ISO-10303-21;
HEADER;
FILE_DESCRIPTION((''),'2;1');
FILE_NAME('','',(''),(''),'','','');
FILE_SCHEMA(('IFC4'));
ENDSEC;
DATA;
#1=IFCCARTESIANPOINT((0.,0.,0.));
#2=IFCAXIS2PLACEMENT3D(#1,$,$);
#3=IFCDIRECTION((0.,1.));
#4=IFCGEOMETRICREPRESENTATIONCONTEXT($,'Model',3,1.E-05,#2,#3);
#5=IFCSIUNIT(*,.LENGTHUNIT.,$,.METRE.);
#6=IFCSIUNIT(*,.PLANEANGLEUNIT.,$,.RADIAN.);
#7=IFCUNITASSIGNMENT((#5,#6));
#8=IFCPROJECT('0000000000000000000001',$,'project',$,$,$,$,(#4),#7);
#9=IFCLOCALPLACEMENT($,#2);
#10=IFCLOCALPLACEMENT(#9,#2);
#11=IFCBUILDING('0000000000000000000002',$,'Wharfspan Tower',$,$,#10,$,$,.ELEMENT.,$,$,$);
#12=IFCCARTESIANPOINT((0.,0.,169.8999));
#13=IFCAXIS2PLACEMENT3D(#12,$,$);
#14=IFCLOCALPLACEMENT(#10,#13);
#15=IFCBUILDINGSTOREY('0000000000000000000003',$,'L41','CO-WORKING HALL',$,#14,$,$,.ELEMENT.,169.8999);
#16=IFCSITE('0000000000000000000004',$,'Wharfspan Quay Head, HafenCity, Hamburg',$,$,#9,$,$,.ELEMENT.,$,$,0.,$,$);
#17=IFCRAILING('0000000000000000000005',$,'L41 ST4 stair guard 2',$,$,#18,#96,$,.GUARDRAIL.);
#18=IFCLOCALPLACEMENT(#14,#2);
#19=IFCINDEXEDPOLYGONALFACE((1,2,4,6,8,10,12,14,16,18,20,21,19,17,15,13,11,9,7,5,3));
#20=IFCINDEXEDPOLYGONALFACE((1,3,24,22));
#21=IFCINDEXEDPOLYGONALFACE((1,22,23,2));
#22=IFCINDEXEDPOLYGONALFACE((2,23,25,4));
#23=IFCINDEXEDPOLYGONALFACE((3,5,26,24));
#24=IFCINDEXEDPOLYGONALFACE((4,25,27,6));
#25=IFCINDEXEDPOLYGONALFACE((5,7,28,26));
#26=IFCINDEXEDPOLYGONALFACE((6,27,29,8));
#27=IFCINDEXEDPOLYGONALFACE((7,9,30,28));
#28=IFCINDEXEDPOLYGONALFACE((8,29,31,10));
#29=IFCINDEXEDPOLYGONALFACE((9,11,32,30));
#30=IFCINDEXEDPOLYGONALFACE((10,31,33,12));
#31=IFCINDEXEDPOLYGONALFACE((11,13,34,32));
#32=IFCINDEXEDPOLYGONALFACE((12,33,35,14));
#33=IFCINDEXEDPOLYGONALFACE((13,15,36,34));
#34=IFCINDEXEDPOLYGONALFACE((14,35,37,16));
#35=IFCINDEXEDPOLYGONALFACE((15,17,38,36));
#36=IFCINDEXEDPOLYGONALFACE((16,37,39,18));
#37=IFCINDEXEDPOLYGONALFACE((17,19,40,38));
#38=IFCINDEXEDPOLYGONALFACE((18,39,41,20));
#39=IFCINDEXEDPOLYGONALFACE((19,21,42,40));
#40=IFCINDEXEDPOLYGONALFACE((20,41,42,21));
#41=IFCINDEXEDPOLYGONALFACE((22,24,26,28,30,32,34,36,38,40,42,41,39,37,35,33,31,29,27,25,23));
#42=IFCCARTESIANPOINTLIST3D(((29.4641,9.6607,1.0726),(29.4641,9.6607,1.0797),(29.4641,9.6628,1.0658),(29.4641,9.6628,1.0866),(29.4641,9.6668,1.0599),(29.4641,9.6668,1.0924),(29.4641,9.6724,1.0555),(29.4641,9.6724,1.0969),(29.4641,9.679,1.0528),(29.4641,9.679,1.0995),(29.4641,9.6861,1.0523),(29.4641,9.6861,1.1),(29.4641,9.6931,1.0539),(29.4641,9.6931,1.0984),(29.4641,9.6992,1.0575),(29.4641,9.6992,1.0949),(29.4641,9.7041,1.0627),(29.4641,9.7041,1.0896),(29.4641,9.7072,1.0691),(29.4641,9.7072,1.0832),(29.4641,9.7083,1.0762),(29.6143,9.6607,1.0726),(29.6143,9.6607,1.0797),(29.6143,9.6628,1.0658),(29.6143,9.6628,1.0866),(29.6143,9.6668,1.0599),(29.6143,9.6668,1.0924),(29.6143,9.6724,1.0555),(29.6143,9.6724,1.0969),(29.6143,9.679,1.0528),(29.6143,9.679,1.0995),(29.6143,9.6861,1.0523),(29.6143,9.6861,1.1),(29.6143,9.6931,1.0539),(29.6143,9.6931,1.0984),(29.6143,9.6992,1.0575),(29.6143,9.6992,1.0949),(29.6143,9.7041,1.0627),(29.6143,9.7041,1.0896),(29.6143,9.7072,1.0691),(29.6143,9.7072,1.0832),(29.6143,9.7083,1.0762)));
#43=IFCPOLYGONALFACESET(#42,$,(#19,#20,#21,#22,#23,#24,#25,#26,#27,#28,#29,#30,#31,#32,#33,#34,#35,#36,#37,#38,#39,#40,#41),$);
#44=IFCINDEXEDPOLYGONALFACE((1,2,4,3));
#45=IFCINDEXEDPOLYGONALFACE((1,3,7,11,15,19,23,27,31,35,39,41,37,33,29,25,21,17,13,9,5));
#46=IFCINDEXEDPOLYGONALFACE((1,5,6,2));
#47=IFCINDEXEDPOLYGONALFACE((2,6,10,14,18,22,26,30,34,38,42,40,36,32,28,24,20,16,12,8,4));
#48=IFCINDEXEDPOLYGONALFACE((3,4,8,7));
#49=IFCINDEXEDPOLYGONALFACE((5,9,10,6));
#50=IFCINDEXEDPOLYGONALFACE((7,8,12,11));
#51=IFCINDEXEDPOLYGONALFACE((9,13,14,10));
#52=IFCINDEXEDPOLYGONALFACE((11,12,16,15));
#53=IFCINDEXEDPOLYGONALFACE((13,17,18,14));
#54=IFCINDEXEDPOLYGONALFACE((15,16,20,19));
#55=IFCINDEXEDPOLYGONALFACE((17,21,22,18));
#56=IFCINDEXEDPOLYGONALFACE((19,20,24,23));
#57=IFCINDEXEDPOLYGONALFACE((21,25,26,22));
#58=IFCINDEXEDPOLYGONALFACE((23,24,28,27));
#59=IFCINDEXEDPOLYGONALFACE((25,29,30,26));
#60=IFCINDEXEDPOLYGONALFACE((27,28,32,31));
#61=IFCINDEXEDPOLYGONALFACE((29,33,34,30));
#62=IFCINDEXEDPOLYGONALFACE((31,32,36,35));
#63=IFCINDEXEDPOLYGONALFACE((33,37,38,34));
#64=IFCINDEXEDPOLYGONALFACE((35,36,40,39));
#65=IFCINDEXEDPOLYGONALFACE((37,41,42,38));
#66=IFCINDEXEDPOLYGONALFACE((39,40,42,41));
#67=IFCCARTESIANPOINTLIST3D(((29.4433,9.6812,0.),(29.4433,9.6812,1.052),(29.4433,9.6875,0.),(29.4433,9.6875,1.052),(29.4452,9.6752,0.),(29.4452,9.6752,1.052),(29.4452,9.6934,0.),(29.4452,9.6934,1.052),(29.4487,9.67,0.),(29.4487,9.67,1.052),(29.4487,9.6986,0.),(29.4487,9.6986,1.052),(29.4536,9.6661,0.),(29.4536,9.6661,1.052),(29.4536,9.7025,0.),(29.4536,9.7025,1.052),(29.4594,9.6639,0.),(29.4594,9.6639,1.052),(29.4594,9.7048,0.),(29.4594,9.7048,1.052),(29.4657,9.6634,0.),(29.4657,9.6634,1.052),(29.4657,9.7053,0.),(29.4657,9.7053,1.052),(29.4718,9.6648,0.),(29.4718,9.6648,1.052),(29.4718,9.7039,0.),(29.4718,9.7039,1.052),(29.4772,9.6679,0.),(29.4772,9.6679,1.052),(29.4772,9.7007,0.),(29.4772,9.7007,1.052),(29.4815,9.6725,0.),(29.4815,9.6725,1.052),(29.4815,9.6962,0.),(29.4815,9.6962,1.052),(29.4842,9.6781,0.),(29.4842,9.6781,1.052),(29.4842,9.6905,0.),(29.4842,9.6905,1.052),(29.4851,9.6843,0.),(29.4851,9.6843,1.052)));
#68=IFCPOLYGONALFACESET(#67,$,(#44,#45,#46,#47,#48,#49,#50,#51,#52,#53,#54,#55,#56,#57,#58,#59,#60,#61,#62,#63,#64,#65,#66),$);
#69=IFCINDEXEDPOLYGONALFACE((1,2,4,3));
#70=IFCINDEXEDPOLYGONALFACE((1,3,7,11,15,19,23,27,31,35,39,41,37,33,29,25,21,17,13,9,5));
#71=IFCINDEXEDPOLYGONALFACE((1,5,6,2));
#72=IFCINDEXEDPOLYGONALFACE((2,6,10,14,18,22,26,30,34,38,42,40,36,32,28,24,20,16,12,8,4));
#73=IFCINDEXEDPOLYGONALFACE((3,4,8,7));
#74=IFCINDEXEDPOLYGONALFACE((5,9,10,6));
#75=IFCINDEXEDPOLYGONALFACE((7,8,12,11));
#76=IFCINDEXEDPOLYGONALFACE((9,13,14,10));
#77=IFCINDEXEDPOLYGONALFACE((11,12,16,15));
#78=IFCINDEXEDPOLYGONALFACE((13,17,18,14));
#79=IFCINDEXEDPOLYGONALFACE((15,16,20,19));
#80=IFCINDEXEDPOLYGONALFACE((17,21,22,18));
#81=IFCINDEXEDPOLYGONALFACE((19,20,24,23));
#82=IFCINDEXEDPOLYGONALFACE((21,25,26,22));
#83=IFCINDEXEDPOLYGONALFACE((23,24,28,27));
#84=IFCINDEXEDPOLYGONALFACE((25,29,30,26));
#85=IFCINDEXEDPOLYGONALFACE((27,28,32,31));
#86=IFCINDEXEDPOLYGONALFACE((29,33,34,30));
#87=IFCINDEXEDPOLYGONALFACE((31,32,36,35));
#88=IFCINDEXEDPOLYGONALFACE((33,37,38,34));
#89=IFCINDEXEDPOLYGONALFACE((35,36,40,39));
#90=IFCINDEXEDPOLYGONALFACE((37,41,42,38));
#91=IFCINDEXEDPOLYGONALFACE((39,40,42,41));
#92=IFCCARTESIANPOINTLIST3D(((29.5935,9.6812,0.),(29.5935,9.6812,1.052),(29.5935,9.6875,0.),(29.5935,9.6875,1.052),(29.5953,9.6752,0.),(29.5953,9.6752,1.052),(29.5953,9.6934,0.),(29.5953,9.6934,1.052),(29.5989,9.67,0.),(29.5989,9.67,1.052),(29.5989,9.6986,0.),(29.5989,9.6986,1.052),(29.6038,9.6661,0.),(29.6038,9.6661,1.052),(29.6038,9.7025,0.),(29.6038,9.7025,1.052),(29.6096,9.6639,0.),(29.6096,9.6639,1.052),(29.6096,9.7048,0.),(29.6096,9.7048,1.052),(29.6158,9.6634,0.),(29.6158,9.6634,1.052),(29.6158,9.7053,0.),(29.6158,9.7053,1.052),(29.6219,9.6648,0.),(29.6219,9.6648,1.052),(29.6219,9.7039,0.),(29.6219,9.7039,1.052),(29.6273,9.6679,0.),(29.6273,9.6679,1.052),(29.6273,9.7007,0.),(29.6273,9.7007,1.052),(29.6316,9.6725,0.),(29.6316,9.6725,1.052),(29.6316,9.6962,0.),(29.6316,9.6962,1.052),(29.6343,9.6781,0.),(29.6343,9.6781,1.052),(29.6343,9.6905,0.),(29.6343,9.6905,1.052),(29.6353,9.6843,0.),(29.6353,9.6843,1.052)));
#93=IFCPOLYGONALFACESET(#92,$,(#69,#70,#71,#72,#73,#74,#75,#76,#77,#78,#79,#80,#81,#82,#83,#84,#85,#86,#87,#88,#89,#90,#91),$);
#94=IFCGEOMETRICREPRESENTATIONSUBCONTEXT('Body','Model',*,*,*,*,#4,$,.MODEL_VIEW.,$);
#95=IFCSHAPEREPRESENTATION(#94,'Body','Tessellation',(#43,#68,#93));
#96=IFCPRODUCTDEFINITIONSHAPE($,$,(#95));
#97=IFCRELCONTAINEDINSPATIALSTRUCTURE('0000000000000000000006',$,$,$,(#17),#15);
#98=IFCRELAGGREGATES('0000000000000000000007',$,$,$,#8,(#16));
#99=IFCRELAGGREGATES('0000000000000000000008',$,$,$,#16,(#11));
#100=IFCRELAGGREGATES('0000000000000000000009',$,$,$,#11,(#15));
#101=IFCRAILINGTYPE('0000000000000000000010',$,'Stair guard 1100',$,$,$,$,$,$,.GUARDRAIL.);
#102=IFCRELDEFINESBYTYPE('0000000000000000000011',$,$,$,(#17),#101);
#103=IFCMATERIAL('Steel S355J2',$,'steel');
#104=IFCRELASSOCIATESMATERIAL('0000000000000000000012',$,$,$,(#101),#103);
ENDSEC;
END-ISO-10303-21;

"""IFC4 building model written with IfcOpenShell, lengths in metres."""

from ifc_helpers import new_model, si_unit, direction, frame, origin, origin_2d, place, context, subcontext, project, spatial, circle, extrude, material, type_object, element, save


model = new_model("IFC4")

# Units and contexts
model_context = context("Model", 3, precision=1e-05, world=origin(), true_north=direction((0.0, 1.0)))
body_context = subcontext(model_context, "Body", "Model", "MODEL_VIEW")
ifc_project = project(units=[si_unit("LENGTHUNIT", "METRE"), si_unit("PLANEANGLEUNIT", "RADIAN")], contexts=[model_context])

# Site, building, storey
site_placement = place(None, origin())
site = spatial("IfcSite", under=ifc_project, at=site_placement, Name="Wharfspan Quay Head, HafenCity, Hamburg", CompositionType="ELEMENT", RefElevation=0.0)
building_placement = place(site_placement, origin())
building = spatial("IfcBuilding", under=site, at=building_placement, Name="Wharfspan Tower", CompositionType="ELEMENT")
storey_placement = place(building_placement, frame((0.0, 0.0, 169.8999)))
storey = spatial("IfcBuildingStorey", under=building, at=storey_placement, Name="L41", Description="CO-WORKING HALL", CompositionType="ELEMENT", Elevation=169.8999)

# Shared definitions
ifc_material_1 = material(Name="Steel S355J2", Category="steel")

# Railing
railing_type_1 = type_object("IfcRailingType", Name="Stair guard 1100", PredefinedType="GUARDRAIL", material=ifc_material_1)
railing_1_placement = place(storey_placement, frame((29.4641, 9.6843, 0.0)))
element("IfcRailing", 1, at=railing_1_placement, inside=storey, type_object=railing_type_1, Name="L41 ST4 stair guard 2", PredefinedType="GUARDRAIL", context=body_context, shape_type="SweptSolid", body=[
    extrude(circle(Radius=0.0239, at=origin_2d()), frame((0.0, 0.0, 1.0762), z_axis=(1.0, 0.0, 0.0), x_axis=(0.0, 1.0, 0.0)), (0.0, 0.0, 1.0), 0.1501),
    extrude(circle(Radius=0.021, at=origin_2d()), origin(), (0.0, 0.0, 1.0), 1.052),
    extrude(circle(Radius=0.021, at=origin_2d()), frame((0.1501, 0.0, 0.0)), (0.0, 0.0, 1.0), 1.052),
])

save(model, "model.ifc")
